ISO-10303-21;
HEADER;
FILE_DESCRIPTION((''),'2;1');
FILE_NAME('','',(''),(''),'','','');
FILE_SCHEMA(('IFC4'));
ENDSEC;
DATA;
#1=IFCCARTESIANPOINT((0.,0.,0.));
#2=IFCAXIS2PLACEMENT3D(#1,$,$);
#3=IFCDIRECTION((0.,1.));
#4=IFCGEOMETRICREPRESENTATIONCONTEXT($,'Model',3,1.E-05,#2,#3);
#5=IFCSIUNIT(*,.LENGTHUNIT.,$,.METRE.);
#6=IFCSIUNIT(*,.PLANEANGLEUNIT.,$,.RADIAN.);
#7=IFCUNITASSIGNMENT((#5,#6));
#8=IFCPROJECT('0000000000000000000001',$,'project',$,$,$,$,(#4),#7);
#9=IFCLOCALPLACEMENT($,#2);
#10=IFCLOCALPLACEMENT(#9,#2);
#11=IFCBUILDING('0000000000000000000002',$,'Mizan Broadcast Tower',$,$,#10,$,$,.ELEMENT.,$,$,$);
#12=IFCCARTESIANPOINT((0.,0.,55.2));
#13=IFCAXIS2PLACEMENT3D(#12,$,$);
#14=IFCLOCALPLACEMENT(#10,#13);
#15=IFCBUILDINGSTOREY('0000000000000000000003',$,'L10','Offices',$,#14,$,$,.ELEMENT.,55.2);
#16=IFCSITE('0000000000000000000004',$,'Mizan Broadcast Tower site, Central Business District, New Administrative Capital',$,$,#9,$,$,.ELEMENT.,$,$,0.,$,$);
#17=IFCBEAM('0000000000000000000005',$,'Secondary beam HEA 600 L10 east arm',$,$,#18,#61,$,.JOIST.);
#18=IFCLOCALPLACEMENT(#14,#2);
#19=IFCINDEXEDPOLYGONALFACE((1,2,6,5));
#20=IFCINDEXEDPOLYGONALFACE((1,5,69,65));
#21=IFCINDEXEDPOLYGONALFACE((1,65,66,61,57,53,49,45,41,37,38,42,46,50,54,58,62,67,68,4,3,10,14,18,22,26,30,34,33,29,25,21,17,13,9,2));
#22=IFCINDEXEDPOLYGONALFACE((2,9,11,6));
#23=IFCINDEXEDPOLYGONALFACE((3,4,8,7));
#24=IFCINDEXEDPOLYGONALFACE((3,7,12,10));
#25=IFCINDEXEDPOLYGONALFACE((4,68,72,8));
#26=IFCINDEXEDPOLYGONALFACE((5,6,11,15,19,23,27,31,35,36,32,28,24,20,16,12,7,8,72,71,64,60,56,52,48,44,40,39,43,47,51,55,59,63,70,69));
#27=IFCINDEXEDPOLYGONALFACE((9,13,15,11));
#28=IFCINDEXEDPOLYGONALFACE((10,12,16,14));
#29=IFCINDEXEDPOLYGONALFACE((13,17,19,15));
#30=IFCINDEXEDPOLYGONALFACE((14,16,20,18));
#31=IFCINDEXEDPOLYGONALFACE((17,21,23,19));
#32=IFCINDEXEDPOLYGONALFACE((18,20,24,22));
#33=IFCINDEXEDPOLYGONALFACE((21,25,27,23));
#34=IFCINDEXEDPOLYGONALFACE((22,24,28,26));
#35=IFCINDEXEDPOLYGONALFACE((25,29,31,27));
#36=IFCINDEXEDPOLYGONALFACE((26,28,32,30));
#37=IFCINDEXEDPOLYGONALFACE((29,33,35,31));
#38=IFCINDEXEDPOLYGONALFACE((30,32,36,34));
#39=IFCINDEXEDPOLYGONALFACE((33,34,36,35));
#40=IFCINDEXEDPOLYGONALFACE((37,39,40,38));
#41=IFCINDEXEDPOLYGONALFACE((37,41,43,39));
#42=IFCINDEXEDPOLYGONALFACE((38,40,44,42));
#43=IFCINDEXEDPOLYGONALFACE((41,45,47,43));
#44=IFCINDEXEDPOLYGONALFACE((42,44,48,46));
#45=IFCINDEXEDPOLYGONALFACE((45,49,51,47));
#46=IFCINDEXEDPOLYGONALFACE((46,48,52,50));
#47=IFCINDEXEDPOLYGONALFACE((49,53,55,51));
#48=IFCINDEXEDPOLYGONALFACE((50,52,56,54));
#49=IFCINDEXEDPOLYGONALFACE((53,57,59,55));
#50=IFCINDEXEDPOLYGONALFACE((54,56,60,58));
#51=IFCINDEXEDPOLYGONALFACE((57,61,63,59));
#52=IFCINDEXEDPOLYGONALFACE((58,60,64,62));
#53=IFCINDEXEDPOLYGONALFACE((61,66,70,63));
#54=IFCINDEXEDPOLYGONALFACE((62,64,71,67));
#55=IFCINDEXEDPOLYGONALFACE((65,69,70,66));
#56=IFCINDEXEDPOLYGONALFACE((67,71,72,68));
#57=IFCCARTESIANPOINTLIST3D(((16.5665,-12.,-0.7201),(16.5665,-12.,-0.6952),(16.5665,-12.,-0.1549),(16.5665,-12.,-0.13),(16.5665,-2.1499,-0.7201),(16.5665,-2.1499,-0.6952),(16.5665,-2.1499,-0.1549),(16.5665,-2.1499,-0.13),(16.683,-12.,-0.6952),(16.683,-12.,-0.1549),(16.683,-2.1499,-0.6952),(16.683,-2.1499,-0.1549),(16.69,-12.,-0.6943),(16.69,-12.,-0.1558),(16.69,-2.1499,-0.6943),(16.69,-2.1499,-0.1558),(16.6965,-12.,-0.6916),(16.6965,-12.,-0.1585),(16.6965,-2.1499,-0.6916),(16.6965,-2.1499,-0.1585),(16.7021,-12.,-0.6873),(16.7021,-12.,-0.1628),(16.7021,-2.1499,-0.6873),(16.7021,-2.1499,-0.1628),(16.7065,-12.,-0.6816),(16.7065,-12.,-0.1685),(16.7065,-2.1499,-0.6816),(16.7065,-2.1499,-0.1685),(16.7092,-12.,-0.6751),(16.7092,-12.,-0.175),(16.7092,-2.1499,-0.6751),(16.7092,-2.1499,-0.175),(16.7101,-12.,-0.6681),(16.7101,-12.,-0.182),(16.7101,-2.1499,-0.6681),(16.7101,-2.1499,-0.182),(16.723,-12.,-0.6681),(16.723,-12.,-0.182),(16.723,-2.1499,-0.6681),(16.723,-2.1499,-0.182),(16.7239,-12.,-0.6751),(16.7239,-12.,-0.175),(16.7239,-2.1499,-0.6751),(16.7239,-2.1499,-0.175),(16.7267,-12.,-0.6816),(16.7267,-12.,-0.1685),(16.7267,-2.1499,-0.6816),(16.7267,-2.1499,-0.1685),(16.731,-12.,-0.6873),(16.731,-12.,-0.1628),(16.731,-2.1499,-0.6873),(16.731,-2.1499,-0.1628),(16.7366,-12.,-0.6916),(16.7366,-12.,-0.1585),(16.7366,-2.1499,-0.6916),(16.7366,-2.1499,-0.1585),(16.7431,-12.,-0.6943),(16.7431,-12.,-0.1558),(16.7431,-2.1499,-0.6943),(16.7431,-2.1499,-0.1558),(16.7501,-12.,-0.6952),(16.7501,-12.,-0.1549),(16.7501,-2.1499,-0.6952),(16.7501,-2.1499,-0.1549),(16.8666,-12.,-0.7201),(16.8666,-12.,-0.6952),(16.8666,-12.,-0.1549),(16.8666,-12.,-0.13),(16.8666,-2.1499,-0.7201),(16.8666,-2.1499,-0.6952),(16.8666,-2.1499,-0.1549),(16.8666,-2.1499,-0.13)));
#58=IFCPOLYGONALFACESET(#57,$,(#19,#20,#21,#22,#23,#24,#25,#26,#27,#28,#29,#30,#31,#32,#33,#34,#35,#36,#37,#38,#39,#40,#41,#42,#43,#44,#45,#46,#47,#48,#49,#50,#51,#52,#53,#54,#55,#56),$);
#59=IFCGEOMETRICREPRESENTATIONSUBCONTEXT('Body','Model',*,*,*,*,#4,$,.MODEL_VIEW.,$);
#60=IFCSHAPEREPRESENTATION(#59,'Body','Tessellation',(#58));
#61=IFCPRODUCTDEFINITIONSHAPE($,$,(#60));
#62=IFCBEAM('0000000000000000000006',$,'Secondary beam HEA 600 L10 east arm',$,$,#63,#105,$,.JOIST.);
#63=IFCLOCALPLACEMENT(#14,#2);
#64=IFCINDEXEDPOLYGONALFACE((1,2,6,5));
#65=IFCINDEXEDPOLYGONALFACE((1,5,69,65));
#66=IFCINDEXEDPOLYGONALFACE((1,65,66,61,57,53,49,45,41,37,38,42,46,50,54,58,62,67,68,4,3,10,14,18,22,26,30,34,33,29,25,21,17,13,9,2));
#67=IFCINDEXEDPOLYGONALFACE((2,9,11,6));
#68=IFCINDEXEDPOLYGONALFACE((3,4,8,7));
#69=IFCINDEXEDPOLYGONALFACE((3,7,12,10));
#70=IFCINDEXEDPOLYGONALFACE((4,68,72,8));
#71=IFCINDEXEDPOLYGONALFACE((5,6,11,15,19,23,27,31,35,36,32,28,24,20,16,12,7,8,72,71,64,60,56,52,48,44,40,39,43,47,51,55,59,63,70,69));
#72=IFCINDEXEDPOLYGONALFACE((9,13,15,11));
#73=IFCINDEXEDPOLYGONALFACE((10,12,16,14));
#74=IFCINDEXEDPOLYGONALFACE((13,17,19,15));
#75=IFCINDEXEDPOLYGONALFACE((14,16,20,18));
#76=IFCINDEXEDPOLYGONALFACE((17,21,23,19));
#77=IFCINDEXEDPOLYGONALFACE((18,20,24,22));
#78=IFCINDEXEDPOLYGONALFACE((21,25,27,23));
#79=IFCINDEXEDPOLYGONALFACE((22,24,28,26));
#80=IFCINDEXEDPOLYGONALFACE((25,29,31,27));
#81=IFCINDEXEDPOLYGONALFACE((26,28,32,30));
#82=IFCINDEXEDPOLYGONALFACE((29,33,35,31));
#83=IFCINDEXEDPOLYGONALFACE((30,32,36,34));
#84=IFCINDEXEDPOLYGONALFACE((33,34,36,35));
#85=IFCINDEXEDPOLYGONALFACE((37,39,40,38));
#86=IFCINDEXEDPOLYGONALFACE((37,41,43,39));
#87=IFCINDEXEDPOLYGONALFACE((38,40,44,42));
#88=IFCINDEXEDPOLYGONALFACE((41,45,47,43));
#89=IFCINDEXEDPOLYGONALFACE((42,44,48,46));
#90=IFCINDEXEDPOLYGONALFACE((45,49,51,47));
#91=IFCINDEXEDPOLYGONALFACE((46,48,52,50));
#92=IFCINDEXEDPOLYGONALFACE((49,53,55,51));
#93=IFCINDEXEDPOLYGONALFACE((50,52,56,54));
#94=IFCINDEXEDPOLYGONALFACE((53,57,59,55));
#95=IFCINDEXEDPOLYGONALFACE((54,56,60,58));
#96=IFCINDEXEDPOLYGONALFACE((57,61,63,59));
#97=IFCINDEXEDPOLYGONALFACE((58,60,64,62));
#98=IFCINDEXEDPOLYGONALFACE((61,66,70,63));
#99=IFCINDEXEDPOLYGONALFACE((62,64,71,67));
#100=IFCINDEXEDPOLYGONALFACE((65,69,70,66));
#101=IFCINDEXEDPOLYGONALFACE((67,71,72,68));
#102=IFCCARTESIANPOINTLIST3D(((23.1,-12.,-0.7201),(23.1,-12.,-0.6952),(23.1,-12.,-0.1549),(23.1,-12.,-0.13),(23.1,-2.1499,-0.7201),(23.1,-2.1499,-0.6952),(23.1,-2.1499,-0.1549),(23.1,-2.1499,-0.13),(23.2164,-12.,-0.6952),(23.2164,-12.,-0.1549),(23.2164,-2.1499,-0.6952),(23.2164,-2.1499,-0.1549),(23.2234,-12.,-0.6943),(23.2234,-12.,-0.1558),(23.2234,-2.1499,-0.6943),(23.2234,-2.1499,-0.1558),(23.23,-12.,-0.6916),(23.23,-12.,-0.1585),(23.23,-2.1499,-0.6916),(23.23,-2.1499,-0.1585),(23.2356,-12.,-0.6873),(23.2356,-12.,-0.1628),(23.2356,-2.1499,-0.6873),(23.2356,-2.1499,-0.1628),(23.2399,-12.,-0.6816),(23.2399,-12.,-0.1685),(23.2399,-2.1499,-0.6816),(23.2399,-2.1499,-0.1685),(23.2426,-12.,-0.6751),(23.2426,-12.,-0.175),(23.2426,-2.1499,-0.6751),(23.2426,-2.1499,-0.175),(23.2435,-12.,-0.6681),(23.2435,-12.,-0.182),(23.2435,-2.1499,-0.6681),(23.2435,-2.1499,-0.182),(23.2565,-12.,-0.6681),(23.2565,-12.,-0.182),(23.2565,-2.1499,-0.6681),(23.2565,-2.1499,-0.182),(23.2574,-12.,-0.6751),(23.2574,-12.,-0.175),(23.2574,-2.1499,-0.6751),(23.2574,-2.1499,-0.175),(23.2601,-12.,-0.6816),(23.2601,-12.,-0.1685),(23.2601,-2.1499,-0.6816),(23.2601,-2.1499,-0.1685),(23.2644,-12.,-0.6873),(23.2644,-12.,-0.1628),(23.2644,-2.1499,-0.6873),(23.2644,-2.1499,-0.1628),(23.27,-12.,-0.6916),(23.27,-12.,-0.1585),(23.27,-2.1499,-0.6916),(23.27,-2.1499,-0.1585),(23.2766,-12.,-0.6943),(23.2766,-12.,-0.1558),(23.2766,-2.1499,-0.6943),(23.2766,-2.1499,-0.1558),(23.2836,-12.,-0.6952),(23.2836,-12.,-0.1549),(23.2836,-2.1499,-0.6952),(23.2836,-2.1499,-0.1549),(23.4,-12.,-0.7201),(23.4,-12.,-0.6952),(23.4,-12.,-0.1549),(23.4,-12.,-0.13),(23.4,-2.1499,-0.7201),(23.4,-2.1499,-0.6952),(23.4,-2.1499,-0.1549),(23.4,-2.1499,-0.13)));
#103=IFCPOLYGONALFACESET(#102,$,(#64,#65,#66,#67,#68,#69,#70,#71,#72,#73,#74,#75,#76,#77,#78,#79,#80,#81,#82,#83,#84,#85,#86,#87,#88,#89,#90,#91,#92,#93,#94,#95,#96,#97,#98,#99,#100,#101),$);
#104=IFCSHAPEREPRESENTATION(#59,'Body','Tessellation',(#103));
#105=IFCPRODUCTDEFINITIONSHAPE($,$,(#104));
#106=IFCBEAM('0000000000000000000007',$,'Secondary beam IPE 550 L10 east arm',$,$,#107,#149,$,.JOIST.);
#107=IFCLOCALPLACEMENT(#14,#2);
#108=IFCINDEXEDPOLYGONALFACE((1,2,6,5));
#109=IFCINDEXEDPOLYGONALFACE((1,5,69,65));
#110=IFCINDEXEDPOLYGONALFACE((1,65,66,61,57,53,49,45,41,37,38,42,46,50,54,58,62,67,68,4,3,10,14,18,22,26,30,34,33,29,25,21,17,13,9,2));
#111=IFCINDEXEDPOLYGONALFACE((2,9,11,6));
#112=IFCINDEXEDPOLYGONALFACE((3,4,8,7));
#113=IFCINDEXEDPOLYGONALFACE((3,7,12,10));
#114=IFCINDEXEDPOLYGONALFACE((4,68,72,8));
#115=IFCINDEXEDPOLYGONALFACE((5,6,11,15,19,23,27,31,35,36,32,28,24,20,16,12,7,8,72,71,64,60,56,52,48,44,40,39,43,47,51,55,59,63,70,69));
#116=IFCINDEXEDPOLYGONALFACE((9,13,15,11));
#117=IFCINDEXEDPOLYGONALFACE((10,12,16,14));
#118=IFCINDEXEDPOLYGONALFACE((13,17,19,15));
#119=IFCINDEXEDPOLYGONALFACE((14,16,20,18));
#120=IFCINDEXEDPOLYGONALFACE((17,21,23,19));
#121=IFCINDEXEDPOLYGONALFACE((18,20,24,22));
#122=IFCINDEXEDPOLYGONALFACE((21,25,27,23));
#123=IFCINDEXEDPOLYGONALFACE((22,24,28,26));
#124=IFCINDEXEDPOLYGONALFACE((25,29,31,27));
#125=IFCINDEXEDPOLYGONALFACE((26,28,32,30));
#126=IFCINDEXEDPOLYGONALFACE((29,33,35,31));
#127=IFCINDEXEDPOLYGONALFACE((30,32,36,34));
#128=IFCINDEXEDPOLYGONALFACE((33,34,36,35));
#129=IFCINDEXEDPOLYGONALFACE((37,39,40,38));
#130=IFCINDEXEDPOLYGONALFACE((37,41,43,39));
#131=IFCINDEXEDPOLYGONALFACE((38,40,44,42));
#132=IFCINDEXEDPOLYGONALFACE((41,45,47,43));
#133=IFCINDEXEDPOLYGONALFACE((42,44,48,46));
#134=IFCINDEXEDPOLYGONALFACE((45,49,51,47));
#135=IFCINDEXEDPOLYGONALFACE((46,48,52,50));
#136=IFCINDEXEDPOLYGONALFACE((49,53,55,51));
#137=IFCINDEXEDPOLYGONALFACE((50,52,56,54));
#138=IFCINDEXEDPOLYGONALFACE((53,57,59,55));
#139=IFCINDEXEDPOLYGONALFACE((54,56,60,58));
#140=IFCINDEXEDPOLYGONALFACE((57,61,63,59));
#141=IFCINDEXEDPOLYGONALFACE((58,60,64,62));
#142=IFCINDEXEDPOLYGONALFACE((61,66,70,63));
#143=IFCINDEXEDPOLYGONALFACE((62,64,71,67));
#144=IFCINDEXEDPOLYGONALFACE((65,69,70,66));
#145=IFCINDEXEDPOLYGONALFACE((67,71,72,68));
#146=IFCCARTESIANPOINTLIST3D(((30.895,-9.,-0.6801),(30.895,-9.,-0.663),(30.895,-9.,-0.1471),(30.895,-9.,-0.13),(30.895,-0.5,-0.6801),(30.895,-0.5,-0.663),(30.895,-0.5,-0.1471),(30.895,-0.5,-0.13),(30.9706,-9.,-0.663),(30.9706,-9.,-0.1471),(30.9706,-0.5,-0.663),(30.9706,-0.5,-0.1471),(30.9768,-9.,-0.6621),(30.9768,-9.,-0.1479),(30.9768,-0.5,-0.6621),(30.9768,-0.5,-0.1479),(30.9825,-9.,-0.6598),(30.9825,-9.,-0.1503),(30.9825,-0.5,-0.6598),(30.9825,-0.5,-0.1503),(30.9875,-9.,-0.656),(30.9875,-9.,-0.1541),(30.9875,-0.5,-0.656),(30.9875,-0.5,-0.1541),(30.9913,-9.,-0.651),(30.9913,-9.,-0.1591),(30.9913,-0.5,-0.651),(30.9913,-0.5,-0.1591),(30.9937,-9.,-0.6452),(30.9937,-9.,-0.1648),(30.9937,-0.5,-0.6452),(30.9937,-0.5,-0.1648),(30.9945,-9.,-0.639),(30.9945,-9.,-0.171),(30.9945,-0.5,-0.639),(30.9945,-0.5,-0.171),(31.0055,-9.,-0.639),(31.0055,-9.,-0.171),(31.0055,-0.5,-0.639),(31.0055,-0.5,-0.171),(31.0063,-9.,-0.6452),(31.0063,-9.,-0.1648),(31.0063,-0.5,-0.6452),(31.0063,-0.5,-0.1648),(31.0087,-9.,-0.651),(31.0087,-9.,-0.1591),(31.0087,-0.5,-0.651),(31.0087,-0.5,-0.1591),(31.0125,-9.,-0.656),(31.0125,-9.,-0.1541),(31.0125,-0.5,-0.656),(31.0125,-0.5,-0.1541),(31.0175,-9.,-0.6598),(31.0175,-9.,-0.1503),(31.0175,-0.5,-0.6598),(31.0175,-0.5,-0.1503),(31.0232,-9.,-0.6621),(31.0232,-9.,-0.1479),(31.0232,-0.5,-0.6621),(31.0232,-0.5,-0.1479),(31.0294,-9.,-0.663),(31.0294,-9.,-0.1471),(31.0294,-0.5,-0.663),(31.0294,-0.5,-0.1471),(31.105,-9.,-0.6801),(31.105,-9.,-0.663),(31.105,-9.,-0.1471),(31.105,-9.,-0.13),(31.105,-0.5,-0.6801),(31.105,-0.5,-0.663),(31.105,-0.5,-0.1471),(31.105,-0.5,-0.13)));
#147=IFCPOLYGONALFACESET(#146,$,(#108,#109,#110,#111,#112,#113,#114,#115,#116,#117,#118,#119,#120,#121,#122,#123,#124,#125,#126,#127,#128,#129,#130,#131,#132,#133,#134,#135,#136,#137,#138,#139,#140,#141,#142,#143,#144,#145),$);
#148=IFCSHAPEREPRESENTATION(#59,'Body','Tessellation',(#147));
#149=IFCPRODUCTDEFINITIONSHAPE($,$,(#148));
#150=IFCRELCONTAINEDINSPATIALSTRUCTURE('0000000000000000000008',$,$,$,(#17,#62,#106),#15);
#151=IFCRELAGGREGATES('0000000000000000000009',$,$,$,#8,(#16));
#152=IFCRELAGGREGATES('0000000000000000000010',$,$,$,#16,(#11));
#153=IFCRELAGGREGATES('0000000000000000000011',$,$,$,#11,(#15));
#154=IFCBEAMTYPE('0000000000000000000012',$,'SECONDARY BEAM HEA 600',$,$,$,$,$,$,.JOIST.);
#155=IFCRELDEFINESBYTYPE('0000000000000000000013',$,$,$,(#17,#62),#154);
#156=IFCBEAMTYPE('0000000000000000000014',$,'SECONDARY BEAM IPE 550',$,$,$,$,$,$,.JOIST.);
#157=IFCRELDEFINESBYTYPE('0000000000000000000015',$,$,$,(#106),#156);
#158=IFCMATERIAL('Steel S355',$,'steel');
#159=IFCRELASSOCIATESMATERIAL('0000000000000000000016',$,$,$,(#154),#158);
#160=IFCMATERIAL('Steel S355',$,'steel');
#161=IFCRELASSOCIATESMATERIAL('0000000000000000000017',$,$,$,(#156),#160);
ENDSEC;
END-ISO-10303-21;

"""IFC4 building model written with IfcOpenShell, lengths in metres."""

from ifc_helpers import new_model, si_unit, direction, frame, origin, origin_2d, place, context, subcontext, project, spatial, i_section, extrude, material, material_profile, profile_set, type_object, element, save


model = new_model("IFC4")

# Units and contexts
model_context = context("Model", 3, precision=1e-05, world=origin(), true_north=direction((0.0, 1.0)))
body_context = subcontext(model_context, "Body", "Model", "MODEL_VIEW")
ifc_project = project(units=[si_unit("LENGTHUNIT", "METRE"), si_unit("PLANEANGLEUNIT", "RADIAN")], contexts=[model_context])

# Site, building, storey
site_placement = place(None, origin())
site = spatial("IfcSite", under=ifc_project, at=site_placement, Name="Mizan Broadcast Tower site, Central Business District, New Administrative Capital", CompositionType="ELEMENT", RefElevation=0.0)
building_placement = place(site_placement, origin())
building = spatial("IfcBuilding", under=site, at=building_placement, Name="Mizan Broadcast Tower", CompositionType="ELEMENT")
storey_placement = place(building_placement, frame((0.0, 0.0, 55.2)))
storey = spatial("IfcBuildingStorey", under=building, at=storey_placement, Name="L10", Description="Offices", CompositionType="ELEMENT", Elevation=55.2)

# Beams
ifc_material_1 = material(Name="Steel S355", Category="steel")
ifc_material_profile_1 = material_profile(ifc_material_1, i_section(OverallWidth=0.3, OverallDepth=0.5901, WebThickness=0.0129, FlangeThickness=0.0249, FilletRadius=0.0271, at=origin_2d()), Name="HEA 600")
ifc_profile_set_1 = profile_set([ifc_material_profile_1], Name="Steel S355")
beam_type_1 = type_object("IfcBeamType", Name="SECONDARY BEAM HEA 600", PredefinedType="JOIST", material=ifc_profile_set_1)
for number, where, z_axis, x_axis, name in (
    (1, (16.7166, -12.0, -0.425), (0.0, 1.0, 0.0), (-1.0, 0.0, 0.0), "Secondary beam HEA 600 L10 east arm"),
    (2, (23.25, -12.0, -0.425), (0.0, 1.0, 0.0), (-1.0, 0.0, 0.0), "Secondary beam HEA 600 L10 east arm"),
):
    element("IfcBeam", number, at=place(storey_placement, frame(where, z_axis=z_axis, x_axis=x_axis)), inside=storey, type_object=beam_type_1, Name=name, PredefinedType="JOIST", context=body_context, shape_type="SweptSolid", body=[
        extrude(i_section(OverallWidth=0.3, OverallDepth=0.5901, WebThickness=0.0129, FlangeThickness=0.0249, FilletRadius=0.0271, at=origin_2d()), origin(), (0.0, 0.0, 1.0), 9.8501),
    ])
ifc_material_2 = material(Name="Steel S355", Category="steel")
ifc_material_profile_2 = material_profile(ifc_material_2, i_section(OverallWidth=0.21, OverallDepth=0.55, WebThickness=0.011, FlangeThickness=0.0171, FilletRadius=0.0239, at=origin_2d()), Name="IPE 550")
ifc_profile_set_2 = profile_set([ifc_material_profile_2], Name="Steel S355")
beam_type_2 = type_object("IfcBeamType", Name="SECONDARY BEAM IPE 550", PredefinedType="JOIST", material=ifc_profile_set_2)
beam_1_placement = place(storey_placement, frame((31.0, -9.0, -0.405), z_axis=(0.0, 1.0, 0.0), x_axis=(-1.0, 0.0, 0.0)))
element("IfcBeam", 3, at=beam_1_placement, inside=storey, type_object=beam_type_2, Name="Secondary beam IPE 550 L10 east arm", PredefinedType="JOIST", context=body_context, shape_type="SweptSolid", body=[
    extrude(i_section(OverallWidth=0.21, OverallDepth=0.55, WebThickness=0.011, FlangeThickness=0.0171, FilletRadius=0.0239, at=origin_2d()), origin(), (0.0, 0.0, 1.0), 8.5),
])

save(model, "model.ifc")
